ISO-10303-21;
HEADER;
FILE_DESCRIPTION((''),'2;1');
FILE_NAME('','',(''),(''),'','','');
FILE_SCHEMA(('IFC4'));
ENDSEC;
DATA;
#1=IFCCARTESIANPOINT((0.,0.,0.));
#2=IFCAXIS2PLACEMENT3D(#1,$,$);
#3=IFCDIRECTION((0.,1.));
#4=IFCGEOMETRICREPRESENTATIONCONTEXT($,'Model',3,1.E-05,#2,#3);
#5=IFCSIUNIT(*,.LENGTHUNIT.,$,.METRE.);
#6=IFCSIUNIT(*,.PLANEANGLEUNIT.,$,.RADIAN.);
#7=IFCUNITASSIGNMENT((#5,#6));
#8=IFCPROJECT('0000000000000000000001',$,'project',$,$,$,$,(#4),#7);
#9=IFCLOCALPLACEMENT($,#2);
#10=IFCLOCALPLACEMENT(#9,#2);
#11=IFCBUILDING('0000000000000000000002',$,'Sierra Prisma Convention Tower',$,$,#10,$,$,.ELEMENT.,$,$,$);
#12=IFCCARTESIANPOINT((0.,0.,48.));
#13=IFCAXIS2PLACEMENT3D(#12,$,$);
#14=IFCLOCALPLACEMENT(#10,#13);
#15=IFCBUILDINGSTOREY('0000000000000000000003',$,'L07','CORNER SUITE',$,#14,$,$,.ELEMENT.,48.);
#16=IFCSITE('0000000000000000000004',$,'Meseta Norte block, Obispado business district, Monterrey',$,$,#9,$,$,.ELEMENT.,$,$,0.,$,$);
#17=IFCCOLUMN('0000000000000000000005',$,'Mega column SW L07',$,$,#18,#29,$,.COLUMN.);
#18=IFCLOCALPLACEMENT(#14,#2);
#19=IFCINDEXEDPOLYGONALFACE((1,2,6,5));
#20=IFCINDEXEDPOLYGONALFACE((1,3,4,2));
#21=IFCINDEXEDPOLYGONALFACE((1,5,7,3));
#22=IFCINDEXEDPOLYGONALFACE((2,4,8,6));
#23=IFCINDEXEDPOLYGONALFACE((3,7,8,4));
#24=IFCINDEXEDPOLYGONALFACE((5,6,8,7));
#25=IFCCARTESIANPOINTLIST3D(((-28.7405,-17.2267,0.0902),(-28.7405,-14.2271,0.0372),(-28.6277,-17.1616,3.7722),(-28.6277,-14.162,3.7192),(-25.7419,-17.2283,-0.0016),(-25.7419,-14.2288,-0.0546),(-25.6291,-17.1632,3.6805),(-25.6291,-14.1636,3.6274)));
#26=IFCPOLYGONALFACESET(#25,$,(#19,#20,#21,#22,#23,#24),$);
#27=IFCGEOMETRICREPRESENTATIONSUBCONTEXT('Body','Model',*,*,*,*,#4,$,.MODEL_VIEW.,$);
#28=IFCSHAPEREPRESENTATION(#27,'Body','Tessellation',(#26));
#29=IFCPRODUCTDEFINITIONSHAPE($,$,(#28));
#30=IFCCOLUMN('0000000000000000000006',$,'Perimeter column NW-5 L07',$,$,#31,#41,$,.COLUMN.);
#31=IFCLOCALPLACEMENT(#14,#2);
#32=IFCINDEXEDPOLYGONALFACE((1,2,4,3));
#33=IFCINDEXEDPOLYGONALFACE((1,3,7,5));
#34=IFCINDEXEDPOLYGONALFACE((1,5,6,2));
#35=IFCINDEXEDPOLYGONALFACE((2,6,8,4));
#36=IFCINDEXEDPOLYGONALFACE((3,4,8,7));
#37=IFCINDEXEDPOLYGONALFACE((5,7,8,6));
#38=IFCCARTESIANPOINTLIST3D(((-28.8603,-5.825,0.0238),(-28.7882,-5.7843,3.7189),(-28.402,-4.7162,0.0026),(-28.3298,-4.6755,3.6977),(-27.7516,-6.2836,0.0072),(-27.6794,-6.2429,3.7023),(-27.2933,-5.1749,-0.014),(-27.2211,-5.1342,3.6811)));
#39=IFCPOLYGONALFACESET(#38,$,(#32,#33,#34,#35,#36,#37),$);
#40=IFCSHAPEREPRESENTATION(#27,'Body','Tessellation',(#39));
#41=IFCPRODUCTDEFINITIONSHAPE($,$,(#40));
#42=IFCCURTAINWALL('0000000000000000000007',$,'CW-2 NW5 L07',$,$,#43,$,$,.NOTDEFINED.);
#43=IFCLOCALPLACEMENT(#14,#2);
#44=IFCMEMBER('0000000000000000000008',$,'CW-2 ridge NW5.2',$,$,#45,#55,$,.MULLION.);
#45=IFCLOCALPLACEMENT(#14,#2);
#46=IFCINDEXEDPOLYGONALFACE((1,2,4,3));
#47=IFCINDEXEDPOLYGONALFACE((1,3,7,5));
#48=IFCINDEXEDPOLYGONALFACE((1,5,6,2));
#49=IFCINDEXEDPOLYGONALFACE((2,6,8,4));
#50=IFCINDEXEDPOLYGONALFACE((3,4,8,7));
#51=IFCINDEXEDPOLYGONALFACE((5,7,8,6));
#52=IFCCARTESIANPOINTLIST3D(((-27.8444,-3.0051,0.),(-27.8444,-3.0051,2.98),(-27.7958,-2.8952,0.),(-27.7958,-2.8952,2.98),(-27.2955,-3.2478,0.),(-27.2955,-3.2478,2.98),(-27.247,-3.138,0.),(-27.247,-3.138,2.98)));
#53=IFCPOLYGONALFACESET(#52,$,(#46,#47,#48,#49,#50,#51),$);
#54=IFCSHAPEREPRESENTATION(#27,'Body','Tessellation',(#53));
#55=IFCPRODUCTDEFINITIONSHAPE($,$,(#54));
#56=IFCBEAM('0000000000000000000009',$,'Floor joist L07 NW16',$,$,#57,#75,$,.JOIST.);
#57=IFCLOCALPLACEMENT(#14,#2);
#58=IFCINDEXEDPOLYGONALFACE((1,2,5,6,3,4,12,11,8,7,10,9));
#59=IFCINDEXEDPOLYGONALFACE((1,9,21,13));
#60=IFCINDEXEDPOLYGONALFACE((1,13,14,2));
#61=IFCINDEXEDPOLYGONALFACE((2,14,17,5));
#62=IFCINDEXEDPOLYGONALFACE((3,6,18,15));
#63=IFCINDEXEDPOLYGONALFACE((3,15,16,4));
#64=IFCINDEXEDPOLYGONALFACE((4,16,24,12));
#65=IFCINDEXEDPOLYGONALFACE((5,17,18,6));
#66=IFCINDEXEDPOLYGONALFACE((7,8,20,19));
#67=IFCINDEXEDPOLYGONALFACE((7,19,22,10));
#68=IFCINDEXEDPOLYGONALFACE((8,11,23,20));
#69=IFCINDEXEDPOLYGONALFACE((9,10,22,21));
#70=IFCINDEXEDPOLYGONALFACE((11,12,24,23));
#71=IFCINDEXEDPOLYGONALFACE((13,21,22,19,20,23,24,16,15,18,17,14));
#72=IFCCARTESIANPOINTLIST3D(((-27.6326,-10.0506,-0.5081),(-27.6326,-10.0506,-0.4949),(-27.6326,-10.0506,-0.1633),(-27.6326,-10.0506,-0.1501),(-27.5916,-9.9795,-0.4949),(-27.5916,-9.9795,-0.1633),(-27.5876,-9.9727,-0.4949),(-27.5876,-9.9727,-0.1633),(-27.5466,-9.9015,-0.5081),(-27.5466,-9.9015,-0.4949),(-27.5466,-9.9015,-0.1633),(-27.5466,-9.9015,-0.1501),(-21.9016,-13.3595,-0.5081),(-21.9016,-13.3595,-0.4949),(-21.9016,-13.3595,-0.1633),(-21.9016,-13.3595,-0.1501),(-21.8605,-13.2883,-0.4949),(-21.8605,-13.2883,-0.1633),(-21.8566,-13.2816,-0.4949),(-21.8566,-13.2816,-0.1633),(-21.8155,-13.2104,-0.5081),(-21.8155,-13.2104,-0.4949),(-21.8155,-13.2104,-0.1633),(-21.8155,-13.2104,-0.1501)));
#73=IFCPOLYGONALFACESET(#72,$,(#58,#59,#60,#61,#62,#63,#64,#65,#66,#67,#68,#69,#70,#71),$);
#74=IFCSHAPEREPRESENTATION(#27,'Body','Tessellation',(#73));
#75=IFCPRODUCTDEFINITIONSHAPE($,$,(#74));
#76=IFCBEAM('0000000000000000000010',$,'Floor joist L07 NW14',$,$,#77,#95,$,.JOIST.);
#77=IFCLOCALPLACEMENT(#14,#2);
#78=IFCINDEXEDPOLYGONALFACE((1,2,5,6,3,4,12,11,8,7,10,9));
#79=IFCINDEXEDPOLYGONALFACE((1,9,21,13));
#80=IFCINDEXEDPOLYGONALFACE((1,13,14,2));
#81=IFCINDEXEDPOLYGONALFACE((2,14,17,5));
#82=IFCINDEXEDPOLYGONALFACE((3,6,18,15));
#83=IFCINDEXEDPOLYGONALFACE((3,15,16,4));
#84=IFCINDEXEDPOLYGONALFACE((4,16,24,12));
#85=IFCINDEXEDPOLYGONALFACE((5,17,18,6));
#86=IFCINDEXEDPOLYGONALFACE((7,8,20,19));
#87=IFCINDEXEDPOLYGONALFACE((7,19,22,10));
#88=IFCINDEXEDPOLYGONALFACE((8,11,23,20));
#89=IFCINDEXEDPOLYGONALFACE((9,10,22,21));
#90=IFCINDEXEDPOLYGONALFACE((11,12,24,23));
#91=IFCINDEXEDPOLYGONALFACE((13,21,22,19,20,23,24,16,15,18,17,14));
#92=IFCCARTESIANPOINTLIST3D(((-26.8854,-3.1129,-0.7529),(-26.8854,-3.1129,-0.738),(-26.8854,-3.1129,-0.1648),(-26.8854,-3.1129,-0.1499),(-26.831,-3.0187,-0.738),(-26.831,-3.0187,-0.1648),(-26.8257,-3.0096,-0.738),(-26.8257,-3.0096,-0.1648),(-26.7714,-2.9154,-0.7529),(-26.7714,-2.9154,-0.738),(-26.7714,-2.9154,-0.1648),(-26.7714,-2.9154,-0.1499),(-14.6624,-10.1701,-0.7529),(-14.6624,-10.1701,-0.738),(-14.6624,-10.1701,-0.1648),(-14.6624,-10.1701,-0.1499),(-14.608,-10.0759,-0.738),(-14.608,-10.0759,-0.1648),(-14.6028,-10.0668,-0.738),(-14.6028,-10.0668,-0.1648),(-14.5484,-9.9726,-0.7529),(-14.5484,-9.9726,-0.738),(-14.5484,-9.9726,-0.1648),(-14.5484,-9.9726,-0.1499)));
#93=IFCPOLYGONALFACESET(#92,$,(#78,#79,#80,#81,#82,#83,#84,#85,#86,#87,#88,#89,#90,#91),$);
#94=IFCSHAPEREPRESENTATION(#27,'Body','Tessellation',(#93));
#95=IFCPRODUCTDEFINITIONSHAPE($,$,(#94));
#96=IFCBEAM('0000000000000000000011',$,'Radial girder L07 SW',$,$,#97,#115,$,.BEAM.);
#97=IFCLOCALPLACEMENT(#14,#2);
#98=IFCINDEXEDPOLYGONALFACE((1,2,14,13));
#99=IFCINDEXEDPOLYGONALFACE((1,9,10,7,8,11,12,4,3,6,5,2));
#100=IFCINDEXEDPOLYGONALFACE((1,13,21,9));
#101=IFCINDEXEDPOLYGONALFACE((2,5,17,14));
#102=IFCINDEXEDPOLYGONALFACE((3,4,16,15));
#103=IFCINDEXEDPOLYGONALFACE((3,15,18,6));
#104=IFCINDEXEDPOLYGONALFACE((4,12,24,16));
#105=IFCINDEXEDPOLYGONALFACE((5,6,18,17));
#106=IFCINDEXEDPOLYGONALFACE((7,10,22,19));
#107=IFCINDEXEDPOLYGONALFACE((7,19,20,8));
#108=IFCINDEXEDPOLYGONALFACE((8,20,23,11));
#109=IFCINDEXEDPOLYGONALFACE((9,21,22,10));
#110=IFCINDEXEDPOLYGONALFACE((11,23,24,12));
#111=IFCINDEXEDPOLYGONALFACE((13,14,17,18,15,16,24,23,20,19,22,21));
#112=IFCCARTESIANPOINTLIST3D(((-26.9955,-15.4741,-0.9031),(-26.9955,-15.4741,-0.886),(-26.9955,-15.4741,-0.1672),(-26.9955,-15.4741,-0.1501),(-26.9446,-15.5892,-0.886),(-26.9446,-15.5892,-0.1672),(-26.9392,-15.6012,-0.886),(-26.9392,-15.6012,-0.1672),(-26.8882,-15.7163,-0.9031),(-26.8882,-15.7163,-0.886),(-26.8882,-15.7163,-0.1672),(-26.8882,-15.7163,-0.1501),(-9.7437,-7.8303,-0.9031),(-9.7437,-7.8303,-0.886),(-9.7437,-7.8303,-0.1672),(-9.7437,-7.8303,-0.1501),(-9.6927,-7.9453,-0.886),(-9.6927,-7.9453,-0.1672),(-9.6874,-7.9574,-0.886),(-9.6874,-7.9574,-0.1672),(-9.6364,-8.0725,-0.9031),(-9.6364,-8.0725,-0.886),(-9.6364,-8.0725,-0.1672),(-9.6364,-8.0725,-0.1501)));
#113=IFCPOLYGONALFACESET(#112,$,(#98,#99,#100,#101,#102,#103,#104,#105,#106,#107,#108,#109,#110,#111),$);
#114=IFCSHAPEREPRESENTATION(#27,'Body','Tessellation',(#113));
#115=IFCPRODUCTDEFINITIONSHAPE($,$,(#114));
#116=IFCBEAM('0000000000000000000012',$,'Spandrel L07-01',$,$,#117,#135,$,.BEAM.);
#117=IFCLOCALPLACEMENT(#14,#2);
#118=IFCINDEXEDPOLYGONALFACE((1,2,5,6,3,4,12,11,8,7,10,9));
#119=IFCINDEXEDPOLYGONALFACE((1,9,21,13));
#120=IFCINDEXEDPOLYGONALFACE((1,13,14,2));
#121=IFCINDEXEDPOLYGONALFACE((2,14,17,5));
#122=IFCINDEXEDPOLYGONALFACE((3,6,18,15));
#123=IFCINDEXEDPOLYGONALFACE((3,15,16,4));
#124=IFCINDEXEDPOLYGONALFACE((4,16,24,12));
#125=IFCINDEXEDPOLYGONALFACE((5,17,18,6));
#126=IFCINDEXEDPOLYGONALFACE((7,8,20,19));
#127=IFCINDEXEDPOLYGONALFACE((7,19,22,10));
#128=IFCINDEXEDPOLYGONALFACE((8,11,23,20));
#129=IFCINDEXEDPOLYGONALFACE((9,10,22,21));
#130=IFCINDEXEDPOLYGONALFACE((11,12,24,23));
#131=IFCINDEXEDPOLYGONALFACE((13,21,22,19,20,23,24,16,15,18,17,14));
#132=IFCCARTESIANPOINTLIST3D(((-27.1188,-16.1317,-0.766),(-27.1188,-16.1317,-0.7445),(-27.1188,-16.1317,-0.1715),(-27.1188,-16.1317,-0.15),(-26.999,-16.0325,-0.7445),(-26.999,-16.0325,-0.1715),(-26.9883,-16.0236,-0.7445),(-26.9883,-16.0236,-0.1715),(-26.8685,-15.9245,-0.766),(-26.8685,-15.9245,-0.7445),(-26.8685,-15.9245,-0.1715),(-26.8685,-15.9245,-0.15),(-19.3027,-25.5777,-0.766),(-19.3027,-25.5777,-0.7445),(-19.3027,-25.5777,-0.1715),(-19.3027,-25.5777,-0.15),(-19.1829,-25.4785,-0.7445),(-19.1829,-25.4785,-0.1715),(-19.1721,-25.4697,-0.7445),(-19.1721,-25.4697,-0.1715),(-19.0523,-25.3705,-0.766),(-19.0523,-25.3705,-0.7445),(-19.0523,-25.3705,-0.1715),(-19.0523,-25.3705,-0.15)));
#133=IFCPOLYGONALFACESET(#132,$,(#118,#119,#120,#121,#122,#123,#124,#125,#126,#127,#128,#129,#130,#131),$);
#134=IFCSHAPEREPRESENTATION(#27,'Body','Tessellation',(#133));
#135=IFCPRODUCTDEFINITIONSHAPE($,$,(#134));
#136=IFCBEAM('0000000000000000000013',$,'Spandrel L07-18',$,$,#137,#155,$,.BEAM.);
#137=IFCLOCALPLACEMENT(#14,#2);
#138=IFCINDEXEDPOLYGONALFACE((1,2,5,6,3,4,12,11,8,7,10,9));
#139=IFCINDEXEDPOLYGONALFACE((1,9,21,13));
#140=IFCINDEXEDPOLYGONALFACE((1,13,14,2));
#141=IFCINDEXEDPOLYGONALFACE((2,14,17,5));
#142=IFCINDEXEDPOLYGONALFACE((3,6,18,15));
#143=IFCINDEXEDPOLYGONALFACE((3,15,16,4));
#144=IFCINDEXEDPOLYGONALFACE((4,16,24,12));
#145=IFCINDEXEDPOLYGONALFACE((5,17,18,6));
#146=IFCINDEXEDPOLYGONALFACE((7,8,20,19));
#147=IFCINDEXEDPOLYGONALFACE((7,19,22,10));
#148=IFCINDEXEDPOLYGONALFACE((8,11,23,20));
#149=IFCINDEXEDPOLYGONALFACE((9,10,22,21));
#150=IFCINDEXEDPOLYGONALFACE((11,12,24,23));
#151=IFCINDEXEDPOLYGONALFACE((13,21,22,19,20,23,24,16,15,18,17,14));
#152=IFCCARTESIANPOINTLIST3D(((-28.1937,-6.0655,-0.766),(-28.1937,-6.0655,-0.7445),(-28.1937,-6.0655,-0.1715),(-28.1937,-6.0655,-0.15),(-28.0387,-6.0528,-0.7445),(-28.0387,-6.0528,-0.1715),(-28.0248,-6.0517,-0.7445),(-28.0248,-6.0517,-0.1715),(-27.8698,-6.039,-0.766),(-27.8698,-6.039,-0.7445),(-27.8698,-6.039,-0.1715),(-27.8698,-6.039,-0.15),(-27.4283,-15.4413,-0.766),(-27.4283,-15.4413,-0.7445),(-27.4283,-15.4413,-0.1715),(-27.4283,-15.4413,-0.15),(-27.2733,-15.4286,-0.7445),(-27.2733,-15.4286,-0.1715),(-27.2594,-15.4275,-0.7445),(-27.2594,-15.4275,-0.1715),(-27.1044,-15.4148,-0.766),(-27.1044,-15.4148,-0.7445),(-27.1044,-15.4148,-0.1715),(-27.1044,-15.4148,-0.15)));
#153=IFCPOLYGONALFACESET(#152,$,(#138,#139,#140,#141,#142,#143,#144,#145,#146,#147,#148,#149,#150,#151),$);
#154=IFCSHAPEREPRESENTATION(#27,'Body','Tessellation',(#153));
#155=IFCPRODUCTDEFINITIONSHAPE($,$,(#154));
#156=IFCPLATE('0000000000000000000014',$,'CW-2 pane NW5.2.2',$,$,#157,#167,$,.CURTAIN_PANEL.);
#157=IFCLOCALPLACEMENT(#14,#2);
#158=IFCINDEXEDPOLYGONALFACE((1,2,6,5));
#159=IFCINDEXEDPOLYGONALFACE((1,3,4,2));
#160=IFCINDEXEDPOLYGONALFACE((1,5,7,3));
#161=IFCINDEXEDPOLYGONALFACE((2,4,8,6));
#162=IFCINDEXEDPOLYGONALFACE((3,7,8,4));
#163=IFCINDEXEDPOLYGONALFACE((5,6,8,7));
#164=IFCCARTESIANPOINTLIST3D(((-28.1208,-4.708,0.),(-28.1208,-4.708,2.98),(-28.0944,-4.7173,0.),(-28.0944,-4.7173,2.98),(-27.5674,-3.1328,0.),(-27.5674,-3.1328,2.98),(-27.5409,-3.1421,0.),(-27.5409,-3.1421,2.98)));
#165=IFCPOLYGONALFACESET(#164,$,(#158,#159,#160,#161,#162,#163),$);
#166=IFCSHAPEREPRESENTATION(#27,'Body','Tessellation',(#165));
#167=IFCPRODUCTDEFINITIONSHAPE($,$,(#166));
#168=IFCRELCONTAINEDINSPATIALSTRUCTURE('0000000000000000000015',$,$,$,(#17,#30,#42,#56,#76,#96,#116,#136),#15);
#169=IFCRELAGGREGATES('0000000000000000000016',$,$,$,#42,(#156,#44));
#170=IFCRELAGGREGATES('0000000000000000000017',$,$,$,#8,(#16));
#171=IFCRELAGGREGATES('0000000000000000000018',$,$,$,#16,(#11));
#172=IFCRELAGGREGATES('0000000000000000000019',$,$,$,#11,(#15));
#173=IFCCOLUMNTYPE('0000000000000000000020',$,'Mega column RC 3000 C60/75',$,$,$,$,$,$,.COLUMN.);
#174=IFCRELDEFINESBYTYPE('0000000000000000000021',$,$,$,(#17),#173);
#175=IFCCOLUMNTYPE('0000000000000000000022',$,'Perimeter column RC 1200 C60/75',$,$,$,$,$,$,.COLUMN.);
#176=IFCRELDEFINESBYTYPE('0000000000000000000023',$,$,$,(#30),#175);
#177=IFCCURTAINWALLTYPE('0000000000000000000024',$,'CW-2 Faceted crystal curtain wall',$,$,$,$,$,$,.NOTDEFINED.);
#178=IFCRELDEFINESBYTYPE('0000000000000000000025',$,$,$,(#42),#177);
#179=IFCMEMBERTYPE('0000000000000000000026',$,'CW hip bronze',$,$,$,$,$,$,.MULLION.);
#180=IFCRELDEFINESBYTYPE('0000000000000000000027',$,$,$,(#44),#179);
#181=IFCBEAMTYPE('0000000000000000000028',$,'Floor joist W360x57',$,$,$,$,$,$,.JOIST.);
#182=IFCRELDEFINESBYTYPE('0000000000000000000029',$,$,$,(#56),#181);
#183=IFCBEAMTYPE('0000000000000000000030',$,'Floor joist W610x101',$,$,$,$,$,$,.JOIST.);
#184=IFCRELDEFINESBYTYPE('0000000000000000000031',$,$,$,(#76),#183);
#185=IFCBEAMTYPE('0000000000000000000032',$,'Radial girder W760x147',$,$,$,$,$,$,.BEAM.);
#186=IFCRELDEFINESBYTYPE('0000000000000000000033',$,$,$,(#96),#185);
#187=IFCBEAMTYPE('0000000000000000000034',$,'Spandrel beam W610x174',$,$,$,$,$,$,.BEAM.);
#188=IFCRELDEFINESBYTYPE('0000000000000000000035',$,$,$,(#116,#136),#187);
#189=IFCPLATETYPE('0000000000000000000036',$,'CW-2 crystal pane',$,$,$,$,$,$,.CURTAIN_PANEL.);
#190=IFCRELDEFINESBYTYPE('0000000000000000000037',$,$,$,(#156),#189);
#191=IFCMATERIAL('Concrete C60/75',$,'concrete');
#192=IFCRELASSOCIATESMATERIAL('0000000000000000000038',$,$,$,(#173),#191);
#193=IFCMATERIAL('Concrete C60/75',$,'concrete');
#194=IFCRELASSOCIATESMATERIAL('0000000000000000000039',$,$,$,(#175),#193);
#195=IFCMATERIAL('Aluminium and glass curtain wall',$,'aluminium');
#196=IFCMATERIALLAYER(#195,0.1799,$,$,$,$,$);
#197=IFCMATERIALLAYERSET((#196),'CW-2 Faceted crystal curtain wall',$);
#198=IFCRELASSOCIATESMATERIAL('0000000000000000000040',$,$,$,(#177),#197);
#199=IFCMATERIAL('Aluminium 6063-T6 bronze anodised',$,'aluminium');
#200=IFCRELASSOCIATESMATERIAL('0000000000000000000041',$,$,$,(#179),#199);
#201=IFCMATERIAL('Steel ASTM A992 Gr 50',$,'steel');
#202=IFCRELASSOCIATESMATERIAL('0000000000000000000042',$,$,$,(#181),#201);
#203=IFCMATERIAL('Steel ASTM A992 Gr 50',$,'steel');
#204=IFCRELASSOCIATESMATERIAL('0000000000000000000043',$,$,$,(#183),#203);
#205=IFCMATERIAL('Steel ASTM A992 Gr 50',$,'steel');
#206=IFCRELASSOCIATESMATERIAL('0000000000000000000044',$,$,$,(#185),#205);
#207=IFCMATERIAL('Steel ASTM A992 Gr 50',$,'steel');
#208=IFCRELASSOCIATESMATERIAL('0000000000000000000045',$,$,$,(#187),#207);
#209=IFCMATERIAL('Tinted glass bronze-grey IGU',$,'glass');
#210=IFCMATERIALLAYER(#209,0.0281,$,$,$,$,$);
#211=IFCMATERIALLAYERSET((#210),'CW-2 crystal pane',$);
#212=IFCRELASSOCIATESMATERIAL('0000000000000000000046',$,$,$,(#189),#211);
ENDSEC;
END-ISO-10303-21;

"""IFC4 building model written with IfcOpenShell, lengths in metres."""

from ifc_helpers import new_model, si_unit, direction, frame, origin, origin_2d, place, context, subcontext, project, spatial, polyline, rectangle, i_section, outline, extrude, clip, halfspace, material, layer, layer_set, material_profile, profile_set, type_object, element, aggregate, save


model = new_model("IFC4")

# Units and contexts
model_context = context("Model", 3, precision=1e-05, world=origin(), true_north=direction((0.0, 1.0)))
body_context = subcontext(model_context, "Body", "Model", "MODEL_VIEW")
ifc_project = project(units=[si_unit("LENGTHUNIT", "METRE"), si_unit("PLANEANGLEUNIT", "RADIAN")], contexts=[model_context])

# Site, building, storey
site_placement = place(None, origin())
site = spatial("IfcSite", under=ifc_project, at=site_placement, Name="Meseta Norte block, Obispado business district, Monterrey", CompositionType="ELEMENT", RefElevation=0.0)
building_placement = place(site_placement, origin())
building = spatial("IfcBuilding", under=site, at=building_placement, Name="Sierra Prisma Convention Tower", CompositionType="ELEMENT")
storey_placement = place(building_placement, frame((0.0, 0.0, 48.0)))
storey = spatial("IfcBuildingStorey", under=building, at=storey_placement, Name="L07", Description="CORNER SUITE", CompositionType="ELEMENT", Elevation=48.0)

# Columns
ifc_material_1 = material(Name="Concrete C60/75", Category="concrete")
ifc_material_profile_1 = material_profile(ifc_material_1, rectangle(XDim=3.0, YDim=3.0, at=origin_2d()), Name="Mega column RC 3000 C60/75")
ifc_profile_set_1 = profile_set([ifc_material_profile_1], Name="Concrete C60/75")
column_type_1 = type_object("IfcColumnType", Name="Mega column RC 3000 C60/75", PredefinedType="COLUMN", material=ifc_profile_set_1)
column_1_placement = place(storey_placement, frame((-27.2417, -15.728, 0.0), z_axis=(0.030598, 0.017673, 0.999376), x_axis=(0.999532, -0.000541, -0.030593)))
element("IfcColumn", 1, at=column_1_placement, inside=storey, type_object=column_type_1, Name="Mega column SW L07", PredefinedType="COLUMN", context=body_context, shape_type="SweptSolid", body=[
    clip(extrude(rectangle(XDim=3.0, YDim=3.0, at=origin_2d()), origin(), (0.0, 0.0, 1.0), 3.7021), halfspace(frame((0.0, 0.0, 0.0178)), True)),
])
ifc_material_2 = material(Name="Concrete C60/75", Category="concrete")
ifc_material_profile_2 = material_profile(ifc_material_2, rectangle(XDim=1.2, YDim=1.2, at=origin_2d()), Name="Perimeter column RC 1200 C60/75")
ifc_profile_set_2 = profile_set([ifc_material_profile_2], Name="Concrete C60/75")
column_type_2 = type_object("IfcColumnType", Name="Perimeter column RC 1200 C60/75", PredefinedType="COLUMN", material=ifc_profile_set_2)
column_2_placement = place(storey_placement, frame((-28.0769, -5.5, 0.0), z_axis=(0.019527, 0.011017, 0.999749), x_axis=(0.381957, 0.924012, -0.017642)))
element("IfcColumn", 2, at=column_2_placement, inside=storey, type_object=column_type_2, Name="Perimeter column NW-5 L07", PredefinedType="COLUMN", context=body_context, shape_type="SweptSolid", body=[
    clip(extrude(rectangle(XDim=1.2, YDim=1.2, at=origin_2d()), origin(), (0.0, 0.0, 1.0), 3.7009), halfspace(frame((0.0, 0.0, 0.0049)), True)),
])

# Curtain wall, member
ifc_material_3 = material(Name="Aluminium and glass curtain wall", Category="aluminium")
ifc_layer_1 = layer(ifc_material_3, 0.1799)
ifc_layer_set_1 = layer_set([ifc_layer_1], Name="CW-2 Faceted crystal curtain wall")
curtain_wall_type = type_object("IfcCurtainWallType", Name="CW-2 Faceted crystal curtain wall", PredefinedType="NOTDEFINED", material=ifc_layer_set_1)
curtain_wall_placement = place(storey_placement, origin())
curtain_wall = element("IfcCurtainWall", 3, at=curtain_wall_placement, inside=storey, type_object=curtain_wall_type, Name="CW-2 NW5 L07", PredefinedType="NOTDEFINED")
ifc_material_4 = material(Name="Aluminium 6063-T6 bronze anodised", Category="aluminium")
ifc_material_profile_3 = material_profile(ifc_material_4, rectangle(XDim=0.1201, YDim=0.6001, at=origin_2d()), Name="ALU RIDGE BLADE 120x600")
ifc_profile_set_3 = profile_set([ifc_material_profile_3], Name="Aluminium 6063-T6 bronze anodised")
member_type = type_object("IfcMemberType", Name="CW hip bronze", PredefinedType="MULLION", material=ifc_profile_set_3)
member_placement = place(storey_placement, frame((-27.5457, -3.0715, 0.0), z_axis=(0.0, 0.0, 1.0), x_axis=(-0.404506, -0.914535, 0.0)))
member = element("IfcMember", 4, at=member_placement, type_object=member_type, Name="CW-2 ridge NW5.2", PredefinedType="MULLION", context=body_context, shape_type="SweptSolid", body=[
    extrude(rectangle(XDim=0.1201, YDim=0.6001, at=origin_2d()), origin(), (0.0, 0.0, 1.0), 2.98),
])

# Beams
ifc_material_5 = material(Name="Steel ASTM A992 Gr 50", Category="steel")
ifc_material_profile_4 = material_profile(ifc_material_5, i_section(OverallWidth=0.1721, OverallDepth=0.3579, WebThickness=0.0078, FlangeThickness=0.0132, at=origin_2d()), Name="W360x57")
ifc_profile_set_4 = profile_set([ifc_material_profile_4], Name="Steel ASTM A992 Gr 50")
beam_type_1 = type_object("IfcBeamType", Name="Floor joist W360x57", PredefinedType="JOIST", material=ifc_profile_set_4)
beam_1_placement = place(storey_placement, frame((-27.5896, -9.9761, -0.3291), z_axis=(0.866021, -0.500008, 0.0), x_axis=(0.500008, 0.866021, 0.0)))
element("IfcBeam", 5, at=beam_1_placement, inside=storey, type_object=beam_type_1, Name="Floor joist L07 NW16", PredefinedType="JOIST", context=body_context, shape_type="SweptSolid", body=[
    extrude(i_section(OverallWidth=0.1721, OverallDepth=0.3579, WebThickness=0.0078, FlangeThickness=0.0132, at=origin_2d()), origin(), (0.0, 0.0, 1.0), 6.6177),
])
ifc_material_6 = material(Name="Steel ASTM A992 Gr 50", Category="steel")
ifc_material_profile_5 = material_profile(ifc_material_6, i_section(OverallWidth=0.228, OverallDepth=0.603, WebThickness=0.0105, FlangeThickness=0.0149, at=origin_2d()), Name="W610x101")
ifc_profile_set_5 = profile_set([ifc_material_profile_5], Name="Steel ASTM A992 Gr 50")
beam_type_2 = type_object("IfcBeamType", Name="Floor joist W610x101", PredefinedType="JOIST", material=ifc_profile_set_5)
beam_2_placement = place(storey_placement, frame((-26.8284, -3.0142, -0.4514), z_axis=(0.866018, -0.500012, 0.0), x_axis=(0.500012, 0.866018, 0.0)))
element("IfcBeam", 6, at=beam_2_placement, inside=storey, type_object=beam_type_2, Name="Floor joist L07 NW14", PredefinedType="JOIST", context=body_context, shape_type="SweptSolid", body=[
    extrude(i_section(OverallWidth=0.228, OverallDepth=0.603, WebThickness=0.0105, FlangeThickness=0.0149, at=origin_2d()), origin(), (0.0, 0.0, 1.0), 14.114),
])
ifc_material_7 = material(Name="Steel ASTM A992 Gr 50", Category="steel")
ifc_material_profile_6 = material_profile(ifc_material_7, i_section(OverallWidth=0.2649, OverallDepth=0.7529, WebThickness=0.0132, FlangeThickness=0.0171, at=origin_2d()), Name="W760x147")
ifc_profile_set_6 = profile_set([ifc_material_profile_6], Name="Steel ASTM A992 Gr 50")
beam_type_3 = type_object("IfcBeamType", Name="Radial girder W760x147", PredefinedType="BEAM", material=ifc_profile_set_6)
beam_3_placement = place(storey_placement, frame((-26.9419, -15.5952, -0.5266), z_axis=(0.914276, 0.405093, 0.0), x_axis=(-0.405093, 0.914276, 0.0)))
element("IfcBeam", 7, at=beam_3_placement, inside=storey, type_object=beam_type_3, Name="Radial girder L07 SW", PredefinedType="BEAM", context=body_context, shape_type="SweptSolid", body=[
    extrude(i_section(OverallWidth=0.2649, OverallDepth=0.7529, WebThickness=0.0132, FlangeThickness=0.0171, at=origin_2d()), origin(), (0.0, 0.0, 1.0), 18.8694),
])
ifc_material_8 = material(Name="Steel ASTM A992 Gr 50", Category="steel")
ifc_material_profile_7 = material_profile(ifc_material_8, i_section(OverallWidth=0.325, OverallDepth=0.616, WebThickness=0.0139, FlangeThickness=0.0215, at=origin_2d()), Name="W610x174")
ifc_profile_set_7 = profile_set([ifc_material_profile_7], Name="Steel ASTM A992 Gr 50")
beam_type_4 = type_object("IfcBeamType", Name="Spandrel beam W610x174", PredefinedType="BEAM", material=ifc_profile_set_7)
beam_4_placement = place(storey_placement, frame((-26.9937, -16.0281, -0.458), z_axis=(0.637507, -0.770445, 0.0), x_axis=(0.770445, 0.637507, 0.0)))
element("IfcBeam", 8, at=beam_4_placement, inside=storey, type_object=beam_type_4, Name="Spandrel L07-01", PredefinedType="BEAM", context=body_context, shape_type="SweptSolid", body=[
    extrude(i_section(OverallWidth=0.325, OverallDepth=0.616, WebThickness=0.0139, FlangeThickness=0.0215, at=origin_2d()), origin(), (0.0, 0.0, 1.0), 12.2605),
])
beam_5_placement = place(storey_placement, frame((-28.0317, -6.0522, -0.458), z_axis=(0.081364, -0.996684, 0.0), x_axis=(0.996684, 0.081364, 0.0)))
element("IfcBeam", 9, at=beam_5_placement, inside=storey, type_object=beam_type_4, Name="Spandrel L07-18", PredefinedType="BEAM", context=body_context, shape_type="SweptSolid", body=[
    extrude(i_section(OverallWidth=0.325, OverallDepth=0.616, WebThickness=0.0139, FlangeThickness=0.0215, at=origin_2d()), origin(), (0.0, 0.0, 1.0), 9.407),
])

# Plate
ifc_material_9 = material(Name="Tinted glass bronze-grey IGU", Category="glass")
ifc_layer_2 = layer(ifc_material_9, 0.0281)
ifc_layer_set_2 = layer_set([ifc_layer_2], Name="CW-2 crystal pane")
plate_type = type_object("IfcPlateType", Name="CW-2 crystal pane", PredefinedType="CURTAIN_PANEL", material=ifc_layer_set_2)
plate_placement = place(storey_placement, frame((-28.1208, -4.708, 0.0), z_axis=(-0.943456, 0.331497, 0.0), x_axis=(0.331497, 0.943456, 0.0)))
plate = element("IfcPlate", 10, at=plate_placement, type_object=plate_type, Name="CW-2 pane NW5.2.2", PredefinedType="CURTAIN_PANEL", context=body_context, shape_type="SweptSolid", body=[
    extrude(outline(polyline([(0.0, 0.0), (1.6696, 0.0), (1.6696, -2.98), (0.0, -2.98), (0.0, 0.0)])), origin(), (0.0, 0.0, -1.0), 0.0281),
])
aggregate(curtain_wall, [plate, member])

save(model, "model.ifc")
